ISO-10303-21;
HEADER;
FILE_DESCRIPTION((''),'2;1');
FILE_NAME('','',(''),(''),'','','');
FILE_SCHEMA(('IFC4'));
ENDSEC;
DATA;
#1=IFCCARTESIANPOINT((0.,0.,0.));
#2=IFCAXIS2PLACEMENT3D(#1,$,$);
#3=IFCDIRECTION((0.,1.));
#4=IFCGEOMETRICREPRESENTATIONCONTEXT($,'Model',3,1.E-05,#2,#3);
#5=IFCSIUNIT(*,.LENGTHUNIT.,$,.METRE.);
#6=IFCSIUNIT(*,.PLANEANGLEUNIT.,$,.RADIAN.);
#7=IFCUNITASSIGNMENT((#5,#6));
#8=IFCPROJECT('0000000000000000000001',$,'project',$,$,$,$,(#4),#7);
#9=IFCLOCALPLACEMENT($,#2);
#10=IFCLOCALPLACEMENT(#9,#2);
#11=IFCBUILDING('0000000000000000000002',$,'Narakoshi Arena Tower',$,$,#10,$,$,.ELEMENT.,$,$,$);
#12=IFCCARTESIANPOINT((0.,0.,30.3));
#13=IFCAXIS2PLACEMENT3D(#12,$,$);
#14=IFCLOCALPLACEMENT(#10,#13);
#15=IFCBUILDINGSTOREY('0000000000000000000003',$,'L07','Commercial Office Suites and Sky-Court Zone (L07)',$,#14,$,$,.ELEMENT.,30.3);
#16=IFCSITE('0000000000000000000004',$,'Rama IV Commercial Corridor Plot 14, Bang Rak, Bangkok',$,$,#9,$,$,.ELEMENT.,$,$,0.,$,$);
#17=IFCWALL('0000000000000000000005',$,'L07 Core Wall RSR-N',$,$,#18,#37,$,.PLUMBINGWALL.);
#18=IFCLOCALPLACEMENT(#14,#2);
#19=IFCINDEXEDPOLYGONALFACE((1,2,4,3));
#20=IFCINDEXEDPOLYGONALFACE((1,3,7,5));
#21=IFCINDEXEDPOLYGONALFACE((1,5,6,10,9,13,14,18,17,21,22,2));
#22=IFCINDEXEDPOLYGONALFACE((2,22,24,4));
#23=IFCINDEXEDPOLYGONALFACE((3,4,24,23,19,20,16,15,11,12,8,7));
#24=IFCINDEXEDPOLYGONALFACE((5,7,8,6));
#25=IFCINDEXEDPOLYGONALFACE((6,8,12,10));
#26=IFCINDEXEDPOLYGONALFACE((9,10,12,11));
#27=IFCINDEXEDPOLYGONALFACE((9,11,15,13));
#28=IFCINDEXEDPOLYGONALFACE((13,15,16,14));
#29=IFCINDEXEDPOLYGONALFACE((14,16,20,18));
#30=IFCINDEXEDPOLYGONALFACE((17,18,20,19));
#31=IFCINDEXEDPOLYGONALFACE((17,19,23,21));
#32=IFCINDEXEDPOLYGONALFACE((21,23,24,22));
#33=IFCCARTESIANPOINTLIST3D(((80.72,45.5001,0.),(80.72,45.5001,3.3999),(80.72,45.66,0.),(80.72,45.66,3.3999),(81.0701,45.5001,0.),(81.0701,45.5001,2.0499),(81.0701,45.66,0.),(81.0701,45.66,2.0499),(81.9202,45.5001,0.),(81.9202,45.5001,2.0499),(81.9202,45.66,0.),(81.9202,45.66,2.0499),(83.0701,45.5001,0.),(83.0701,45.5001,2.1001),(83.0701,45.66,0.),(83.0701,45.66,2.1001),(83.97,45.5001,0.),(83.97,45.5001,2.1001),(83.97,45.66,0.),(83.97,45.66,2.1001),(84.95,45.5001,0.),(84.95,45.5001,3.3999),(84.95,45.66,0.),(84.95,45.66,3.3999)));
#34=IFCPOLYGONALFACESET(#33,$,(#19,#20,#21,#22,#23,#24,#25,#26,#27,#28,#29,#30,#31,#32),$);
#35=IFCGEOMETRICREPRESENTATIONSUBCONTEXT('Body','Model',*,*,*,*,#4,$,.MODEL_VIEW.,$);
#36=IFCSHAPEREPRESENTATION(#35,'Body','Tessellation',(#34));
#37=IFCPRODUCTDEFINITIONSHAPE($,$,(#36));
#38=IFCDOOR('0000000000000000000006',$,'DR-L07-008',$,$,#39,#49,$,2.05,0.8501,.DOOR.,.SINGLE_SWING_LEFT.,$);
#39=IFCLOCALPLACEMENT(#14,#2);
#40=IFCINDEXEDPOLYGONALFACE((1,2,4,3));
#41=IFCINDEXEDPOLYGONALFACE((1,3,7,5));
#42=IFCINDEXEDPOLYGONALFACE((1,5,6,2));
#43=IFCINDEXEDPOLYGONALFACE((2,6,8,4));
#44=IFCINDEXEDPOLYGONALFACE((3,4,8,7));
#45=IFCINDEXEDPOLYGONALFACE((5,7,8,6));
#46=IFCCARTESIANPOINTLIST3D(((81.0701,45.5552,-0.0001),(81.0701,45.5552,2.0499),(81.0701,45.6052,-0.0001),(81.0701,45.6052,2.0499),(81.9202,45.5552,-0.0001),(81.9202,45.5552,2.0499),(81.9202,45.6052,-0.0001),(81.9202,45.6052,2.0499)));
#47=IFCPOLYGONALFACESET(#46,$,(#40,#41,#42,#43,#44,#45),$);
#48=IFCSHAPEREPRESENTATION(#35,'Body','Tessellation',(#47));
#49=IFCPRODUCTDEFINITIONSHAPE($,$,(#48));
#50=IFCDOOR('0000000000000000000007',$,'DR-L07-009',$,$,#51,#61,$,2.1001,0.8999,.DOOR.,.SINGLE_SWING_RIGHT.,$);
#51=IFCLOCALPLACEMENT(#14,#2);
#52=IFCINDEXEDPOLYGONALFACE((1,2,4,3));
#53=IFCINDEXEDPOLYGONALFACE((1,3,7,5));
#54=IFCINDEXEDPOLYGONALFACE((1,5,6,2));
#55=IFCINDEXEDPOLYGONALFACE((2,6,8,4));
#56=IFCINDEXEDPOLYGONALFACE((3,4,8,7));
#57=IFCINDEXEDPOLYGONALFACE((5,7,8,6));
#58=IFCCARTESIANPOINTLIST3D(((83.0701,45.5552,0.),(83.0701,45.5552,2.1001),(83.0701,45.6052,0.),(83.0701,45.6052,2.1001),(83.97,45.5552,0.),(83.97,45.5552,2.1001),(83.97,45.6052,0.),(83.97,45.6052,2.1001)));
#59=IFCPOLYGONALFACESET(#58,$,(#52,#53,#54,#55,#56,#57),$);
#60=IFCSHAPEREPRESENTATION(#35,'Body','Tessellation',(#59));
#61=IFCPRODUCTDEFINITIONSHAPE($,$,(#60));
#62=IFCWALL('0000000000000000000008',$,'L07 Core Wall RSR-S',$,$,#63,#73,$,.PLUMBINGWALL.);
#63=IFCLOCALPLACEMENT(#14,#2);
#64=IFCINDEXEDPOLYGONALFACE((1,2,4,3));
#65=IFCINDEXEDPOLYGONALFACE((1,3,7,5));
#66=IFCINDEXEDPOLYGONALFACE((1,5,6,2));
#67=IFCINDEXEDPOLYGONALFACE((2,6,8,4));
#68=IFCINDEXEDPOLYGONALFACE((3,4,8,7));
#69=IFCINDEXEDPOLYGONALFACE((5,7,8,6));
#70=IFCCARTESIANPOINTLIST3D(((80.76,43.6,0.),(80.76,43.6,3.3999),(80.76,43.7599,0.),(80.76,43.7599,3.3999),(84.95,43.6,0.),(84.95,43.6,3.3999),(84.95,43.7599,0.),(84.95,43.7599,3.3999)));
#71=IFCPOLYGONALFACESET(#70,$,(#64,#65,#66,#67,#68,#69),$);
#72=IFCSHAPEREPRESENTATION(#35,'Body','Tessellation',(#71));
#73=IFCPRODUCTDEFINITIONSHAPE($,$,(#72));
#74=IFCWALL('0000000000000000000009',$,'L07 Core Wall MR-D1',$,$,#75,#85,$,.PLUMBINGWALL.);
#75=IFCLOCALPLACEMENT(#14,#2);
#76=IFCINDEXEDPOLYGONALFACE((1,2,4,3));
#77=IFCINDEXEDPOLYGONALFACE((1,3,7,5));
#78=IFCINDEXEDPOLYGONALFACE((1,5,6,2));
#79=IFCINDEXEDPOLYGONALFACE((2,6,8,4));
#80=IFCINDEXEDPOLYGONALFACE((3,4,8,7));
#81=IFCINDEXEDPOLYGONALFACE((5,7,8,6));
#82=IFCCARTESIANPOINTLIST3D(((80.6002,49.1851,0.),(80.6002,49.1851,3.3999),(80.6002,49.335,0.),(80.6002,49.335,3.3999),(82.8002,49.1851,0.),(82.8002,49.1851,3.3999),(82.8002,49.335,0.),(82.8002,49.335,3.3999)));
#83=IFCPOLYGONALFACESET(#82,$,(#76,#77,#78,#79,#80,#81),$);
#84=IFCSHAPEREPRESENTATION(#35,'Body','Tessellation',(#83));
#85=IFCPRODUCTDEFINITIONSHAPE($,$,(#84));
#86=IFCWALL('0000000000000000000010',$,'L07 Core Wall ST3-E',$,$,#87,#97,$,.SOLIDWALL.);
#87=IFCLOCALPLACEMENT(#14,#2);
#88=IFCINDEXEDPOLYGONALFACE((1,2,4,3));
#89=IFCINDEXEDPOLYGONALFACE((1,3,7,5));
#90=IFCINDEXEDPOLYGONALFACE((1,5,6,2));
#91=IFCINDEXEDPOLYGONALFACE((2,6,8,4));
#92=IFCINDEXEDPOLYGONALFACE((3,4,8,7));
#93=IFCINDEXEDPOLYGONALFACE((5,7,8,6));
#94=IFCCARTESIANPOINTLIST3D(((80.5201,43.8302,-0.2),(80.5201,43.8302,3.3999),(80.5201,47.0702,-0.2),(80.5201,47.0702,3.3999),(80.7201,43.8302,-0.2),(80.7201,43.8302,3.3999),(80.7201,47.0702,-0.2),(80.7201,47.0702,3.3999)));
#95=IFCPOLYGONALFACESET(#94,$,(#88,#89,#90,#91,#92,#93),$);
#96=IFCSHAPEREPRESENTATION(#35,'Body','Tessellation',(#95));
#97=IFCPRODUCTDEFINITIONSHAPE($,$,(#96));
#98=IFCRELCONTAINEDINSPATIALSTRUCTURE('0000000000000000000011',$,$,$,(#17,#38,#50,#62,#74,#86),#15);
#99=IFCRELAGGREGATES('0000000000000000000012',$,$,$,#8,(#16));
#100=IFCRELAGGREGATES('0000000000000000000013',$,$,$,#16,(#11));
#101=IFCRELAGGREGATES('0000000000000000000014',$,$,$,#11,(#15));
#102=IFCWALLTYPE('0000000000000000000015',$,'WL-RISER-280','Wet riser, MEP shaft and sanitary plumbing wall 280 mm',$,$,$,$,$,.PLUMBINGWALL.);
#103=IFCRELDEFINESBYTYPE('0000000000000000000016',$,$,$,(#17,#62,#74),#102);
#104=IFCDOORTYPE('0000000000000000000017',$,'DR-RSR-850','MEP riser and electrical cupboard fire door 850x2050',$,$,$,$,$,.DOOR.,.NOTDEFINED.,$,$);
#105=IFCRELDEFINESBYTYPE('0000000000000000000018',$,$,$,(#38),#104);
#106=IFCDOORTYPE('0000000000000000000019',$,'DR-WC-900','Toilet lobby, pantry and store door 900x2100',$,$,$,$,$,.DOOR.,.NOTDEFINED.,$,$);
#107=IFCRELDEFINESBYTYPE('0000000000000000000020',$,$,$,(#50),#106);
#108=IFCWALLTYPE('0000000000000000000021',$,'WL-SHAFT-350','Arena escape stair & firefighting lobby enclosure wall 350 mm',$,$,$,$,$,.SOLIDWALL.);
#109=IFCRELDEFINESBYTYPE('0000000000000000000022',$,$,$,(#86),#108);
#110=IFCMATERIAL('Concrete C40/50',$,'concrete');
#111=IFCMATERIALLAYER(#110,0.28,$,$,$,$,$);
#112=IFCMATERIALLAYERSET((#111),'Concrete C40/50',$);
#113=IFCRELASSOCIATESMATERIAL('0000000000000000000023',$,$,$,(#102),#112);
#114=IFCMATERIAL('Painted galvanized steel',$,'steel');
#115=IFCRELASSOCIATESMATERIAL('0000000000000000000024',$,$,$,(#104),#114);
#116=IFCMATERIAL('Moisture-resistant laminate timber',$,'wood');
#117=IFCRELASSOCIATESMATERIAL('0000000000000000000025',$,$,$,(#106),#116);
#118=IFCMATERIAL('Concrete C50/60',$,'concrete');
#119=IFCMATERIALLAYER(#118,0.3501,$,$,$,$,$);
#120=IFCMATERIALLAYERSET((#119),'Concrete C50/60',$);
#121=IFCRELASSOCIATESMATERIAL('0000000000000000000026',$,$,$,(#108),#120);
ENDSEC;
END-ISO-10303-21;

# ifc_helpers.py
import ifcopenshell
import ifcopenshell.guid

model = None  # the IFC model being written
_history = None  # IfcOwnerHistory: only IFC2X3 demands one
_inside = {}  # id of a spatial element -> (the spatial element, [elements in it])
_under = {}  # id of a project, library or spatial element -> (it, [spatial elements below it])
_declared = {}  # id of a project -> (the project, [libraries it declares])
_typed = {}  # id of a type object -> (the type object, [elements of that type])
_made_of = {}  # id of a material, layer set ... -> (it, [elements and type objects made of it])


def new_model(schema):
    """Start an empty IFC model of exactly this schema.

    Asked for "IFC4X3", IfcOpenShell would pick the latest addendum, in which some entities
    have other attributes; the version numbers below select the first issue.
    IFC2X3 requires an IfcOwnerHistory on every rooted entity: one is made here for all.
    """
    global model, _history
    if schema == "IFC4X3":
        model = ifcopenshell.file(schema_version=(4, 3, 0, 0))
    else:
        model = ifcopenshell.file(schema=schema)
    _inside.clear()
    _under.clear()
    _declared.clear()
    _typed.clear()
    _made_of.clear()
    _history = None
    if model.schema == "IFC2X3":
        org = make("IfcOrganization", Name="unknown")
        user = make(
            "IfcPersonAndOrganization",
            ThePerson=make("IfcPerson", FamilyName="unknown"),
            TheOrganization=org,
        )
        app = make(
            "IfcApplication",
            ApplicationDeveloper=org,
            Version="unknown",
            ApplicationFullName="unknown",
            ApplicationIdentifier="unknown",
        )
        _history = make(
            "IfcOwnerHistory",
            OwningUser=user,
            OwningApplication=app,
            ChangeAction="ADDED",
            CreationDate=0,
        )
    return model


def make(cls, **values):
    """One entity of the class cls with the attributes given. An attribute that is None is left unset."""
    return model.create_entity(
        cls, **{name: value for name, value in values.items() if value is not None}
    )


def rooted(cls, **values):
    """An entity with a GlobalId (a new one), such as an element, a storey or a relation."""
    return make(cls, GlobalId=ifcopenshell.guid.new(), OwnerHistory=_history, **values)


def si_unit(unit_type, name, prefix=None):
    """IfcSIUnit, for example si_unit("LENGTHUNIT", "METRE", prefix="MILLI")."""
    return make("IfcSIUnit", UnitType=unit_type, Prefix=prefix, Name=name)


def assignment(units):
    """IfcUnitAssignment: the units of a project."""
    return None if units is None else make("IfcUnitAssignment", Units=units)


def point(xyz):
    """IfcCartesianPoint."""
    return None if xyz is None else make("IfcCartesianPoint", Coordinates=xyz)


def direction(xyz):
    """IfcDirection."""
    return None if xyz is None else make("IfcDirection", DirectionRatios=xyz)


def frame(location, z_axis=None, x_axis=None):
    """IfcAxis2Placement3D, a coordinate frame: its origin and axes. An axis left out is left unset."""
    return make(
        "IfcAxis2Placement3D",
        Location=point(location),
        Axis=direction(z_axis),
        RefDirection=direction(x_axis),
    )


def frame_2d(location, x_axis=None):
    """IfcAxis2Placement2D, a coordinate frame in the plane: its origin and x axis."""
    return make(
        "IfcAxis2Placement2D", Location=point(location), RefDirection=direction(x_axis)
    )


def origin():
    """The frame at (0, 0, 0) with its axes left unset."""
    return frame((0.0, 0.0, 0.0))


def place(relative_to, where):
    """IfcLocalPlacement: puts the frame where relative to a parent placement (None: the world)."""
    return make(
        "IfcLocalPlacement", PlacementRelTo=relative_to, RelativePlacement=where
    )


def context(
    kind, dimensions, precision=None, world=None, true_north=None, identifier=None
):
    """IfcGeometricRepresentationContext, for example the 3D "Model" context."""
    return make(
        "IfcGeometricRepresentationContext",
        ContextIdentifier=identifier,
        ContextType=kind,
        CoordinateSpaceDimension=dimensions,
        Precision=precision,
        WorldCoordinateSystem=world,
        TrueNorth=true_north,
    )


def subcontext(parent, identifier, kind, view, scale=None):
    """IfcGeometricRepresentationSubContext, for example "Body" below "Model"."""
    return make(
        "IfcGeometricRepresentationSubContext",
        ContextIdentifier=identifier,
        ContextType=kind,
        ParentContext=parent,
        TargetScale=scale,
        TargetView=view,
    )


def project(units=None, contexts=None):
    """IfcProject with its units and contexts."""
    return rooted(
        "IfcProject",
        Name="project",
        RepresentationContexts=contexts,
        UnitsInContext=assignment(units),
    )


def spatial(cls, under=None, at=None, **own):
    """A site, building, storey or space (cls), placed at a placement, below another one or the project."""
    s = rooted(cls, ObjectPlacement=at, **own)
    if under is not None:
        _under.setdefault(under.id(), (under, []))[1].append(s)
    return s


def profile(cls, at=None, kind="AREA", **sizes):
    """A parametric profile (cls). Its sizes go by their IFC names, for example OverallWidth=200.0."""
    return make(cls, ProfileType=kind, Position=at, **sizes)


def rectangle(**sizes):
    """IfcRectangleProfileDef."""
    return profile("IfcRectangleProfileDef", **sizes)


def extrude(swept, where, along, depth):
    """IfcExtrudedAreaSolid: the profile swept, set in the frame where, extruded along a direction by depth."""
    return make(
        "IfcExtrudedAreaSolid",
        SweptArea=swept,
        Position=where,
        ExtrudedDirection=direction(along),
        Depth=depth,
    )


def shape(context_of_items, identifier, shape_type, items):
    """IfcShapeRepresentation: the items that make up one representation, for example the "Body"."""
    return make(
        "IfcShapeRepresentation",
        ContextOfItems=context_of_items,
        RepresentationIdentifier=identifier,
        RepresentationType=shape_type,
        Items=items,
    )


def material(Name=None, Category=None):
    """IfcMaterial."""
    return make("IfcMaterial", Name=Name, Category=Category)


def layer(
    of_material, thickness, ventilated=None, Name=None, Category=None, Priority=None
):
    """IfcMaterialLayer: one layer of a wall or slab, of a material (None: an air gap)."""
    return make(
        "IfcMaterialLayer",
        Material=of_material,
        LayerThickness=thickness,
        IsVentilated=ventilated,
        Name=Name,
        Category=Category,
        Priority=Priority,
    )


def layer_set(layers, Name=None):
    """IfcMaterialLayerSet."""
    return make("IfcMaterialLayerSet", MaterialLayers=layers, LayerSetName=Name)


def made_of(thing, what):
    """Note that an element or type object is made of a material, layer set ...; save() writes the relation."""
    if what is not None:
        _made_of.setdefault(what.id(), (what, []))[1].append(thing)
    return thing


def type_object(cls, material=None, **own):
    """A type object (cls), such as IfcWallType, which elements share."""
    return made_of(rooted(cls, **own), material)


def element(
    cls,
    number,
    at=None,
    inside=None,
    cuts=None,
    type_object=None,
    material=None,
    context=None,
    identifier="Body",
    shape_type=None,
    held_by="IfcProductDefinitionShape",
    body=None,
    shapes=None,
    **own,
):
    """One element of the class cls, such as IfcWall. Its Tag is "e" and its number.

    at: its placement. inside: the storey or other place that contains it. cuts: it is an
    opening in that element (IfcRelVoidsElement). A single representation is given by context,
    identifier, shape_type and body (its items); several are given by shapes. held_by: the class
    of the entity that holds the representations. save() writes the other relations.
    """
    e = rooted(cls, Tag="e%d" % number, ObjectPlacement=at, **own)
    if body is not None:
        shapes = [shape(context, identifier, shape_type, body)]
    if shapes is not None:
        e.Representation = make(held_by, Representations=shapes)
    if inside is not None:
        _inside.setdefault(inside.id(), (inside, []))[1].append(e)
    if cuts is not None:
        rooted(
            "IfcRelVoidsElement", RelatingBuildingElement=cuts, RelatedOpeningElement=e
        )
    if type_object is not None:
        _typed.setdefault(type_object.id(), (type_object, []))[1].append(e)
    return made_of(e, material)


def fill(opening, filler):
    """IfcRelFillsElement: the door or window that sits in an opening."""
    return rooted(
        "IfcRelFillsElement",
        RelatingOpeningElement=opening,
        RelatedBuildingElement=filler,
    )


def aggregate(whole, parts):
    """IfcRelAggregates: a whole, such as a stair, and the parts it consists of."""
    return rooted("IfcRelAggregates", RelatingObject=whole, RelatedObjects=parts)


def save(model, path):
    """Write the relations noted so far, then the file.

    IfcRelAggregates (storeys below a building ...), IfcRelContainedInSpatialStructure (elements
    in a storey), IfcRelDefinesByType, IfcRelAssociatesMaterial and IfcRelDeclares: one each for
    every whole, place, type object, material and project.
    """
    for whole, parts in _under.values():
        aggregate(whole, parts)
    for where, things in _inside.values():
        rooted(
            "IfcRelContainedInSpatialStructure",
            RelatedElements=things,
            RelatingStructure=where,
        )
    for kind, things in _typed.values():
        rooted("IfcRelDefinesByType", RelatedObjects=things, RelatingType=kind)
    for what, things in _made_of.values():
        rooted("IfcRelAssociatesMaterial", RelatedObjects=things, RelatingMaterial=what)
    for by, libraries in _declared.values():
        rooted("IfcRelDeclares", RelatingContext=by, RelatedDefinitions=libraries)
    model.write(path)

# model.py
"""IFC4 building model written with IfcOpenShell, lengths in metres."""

from ifc_helpers import new_model, si_unit, direction, frame, frame_2d, origin, place, context, subcontext, project, spatial, rectangle, extrude, material, layer, layer_set, type_object, element, fill, save


model = new_model("IFC4")

# Units and contexts
model_context = context("Model", 3, precision=1e-05, world=origin(), true_north=direction((0.0, 1.0)))
body_context = subcontext(model_context, "Body", "Model", "MODEL_VIEW")
ifc_project = project(units=[si_unit("LENGTHUNIT", "METRE"), si_unit("PLANEANGLEUNIT", "RADIAN")], contexts=[model_context])

# Site, building, storey
site_placement = place(None, origin())
site = spatial("IfcSite", under=ifc_project, at=site_placement, Name="Rama IV Commercial Corridor Plot 14, Bang Rak, Bangkok", CompositionType="ELEMENT", RefElevation=0.0)
building_placement = place(site_placement, origin())
building = spatial("IfcBuilding", under=site, at=building_placement, Name="Narakoshi Arena Tower", CompositionType="ELEMENT")
storey_placement = place(building_placement, frame((0.0, 0.0, 30.3)))
storey = spatial("IfcBuildingStorey", under=building, at=storey_placement, Name="L07", Description="Commercial Office Suites and Sky-Court Zone (L07)", CompositionType="ELEMENT", Elevation=30.3)

# Wall, openings, doors
ifc_material_1 = material(Name="Concrete C40/50", Category="concrete")
ifc_layer_1 = layer(ifc_material_1, 0.28)
ifc_layer_set_1 = layer_set([ifc_layer_1], Name="Concrete C40/50")
wall_type_1 = type_object("IfcWallType", Name="WL-RISER-280", Description="Wet riser, MEP shaft and sanitary plumbing wall 280 mm", PredefinedType="PLUMBINGWALL", material=ifc_layer_set_1)
wall_1_placement = place(storey_placement, frame((80.72, 45.5801, 0.0), z_axis=(0.0, 0.0, 1.0), x_axis=(1.0, 0.0, 0.0)))
wall_1 = element("IfcWall", 1, at=wall_1_placement, inside=storey, type_object=wall_type_1, Name="L07 Core Wall RSR-N", PredefinedType="PLUMBINGWALL", context=body_context, shape_type="SweptSolid", body=[
    extrude(rectangle(XDim=4.23, YDim=0.1599, at=frame_2d((2.115, 0.0))), origin(), (0.0, 0.0, 1.0), 3.3999),
])
opening_1_placement = place(wall_1_placement, frame((0.3501, 0.0, 0.0)))
opening_1 = element("IfcOpeningElement", 2, at=opening_1_placement, cuts=wall_1, PredefinedType="OPENING", context=body_context, shape_type="SweptSolid", body=[
    extrude(rectangle(XDim=0.8501, YDim=2.05, at=frame_2d((0.425, 1.0249))), frame((0.0, 0.0898, 0.0), z_axis=(0.0, -1.0, 0.0), x_axis=(1.0, 0.0, 0.0)), (0.0, 0.0, 1.0), 0.1799),
])
opening_2_placement = place(wall_1_placement, frame((2.3501, 0.0, 0.0)))
opening_2 = element("IfcOpeningElement", 3, at=opening_2_placement, cuts=wall_1, PredefinedType="OPENING", context=body_context, shape_type="SweptSolid", body=[
    extrude(rectangle(XDim=0.8999, YDim=2.1001, at=frame_2d((0.45, 1.05))), frame((0.0, 0.0898, 0.0), z_axis=(0.0, -1.0, 0.0), x_axis=(1.0, 0.0, 0.0)), (0.0, 0.0, 1.0), 0.1799),
])
ifc_material_2 = material(Name="Painted galvanized steel", Category="steel")
door_type_1 = type_object("IfcDoorType", Name="DR-RSR-850", Description="MEP riser and electrical cupboard fire door 850x2050", OperationType="NOTDEFINED", PredefinedType="DOOR", material=ifc_material_2)
door_1_placement = place(opening_1_placement, frame((0.8501, 0.0, 0.0), z_axis=(0.0, 0.0, 1.0), x_axis=(-1.0, 0.0, 0.0)))
door_1 = element("IfcDoor", 4, at=door_1_placement, inside=storey, type_object=door_type_1, Name="DR-L07-008", OperationType="SINGLE_SWING_LEFT", OverallHeight=2.05, OverallWidth=0.8501, PredefinedType="DOOR", context=body_context, shape_type="SweptSolid", body=[
    extrude(rectangle(XDim=0.8501, YDim=2.05, at=frame_2d((0.425, 1.0249))), frame((0.0, 0.0249, 0.0), z_axis=(0.0, -1.0, 0.0), x_axis=(1.0, 0.0, 0.0)), (0.0, 0.0, 1.0), 0.05),
])
fill(opening_1, door_1)
ifc_material_3 = material(Name="Moisture-resistant laminate timber", Category="wood")
door_type_2 = type_object("IfcDoorType", Name="DR-WC-900", Description="Toilet lobby, pantry and store door 900x2100", OperationType="NOTDEFINED", PredefinedType="DOOR", material=ifc_material_3)
door_2_placement = place(opening_2_placement, frame((0.8999, 0.0, 0.0), z_axis=(0.0, 0.0, 1.0), x_axis=(-1.0, 0.0, 0.0)))
door_2 = element("IfcDoor", 5, at=door_2_placement, inside=storey, type_object=door_type_2, Name="DR-L07-009", OperationType="SINGLE_SWING_RIGHT", OverallHeight=2.1001, OverallWidth=0.8999, PredefinedType="DOOR", context=body_context, shape_type="SweptSolid", body=[
    extrude(rectangle(XDim=0.8999, YDim=2.1001, at=frame_2d((0.45, 1.05))), frame((0.0, 0.0249, 0.0), z_axis=(0.0, -1.0, 0.0), x_axis=(1.0, 0.0, 0.0)), (0.0, 0.0, 1.0), 0.05),
])
fill(opening_2, door_2)

# Walls
wall_2_placement = place(storey_placement, frame((80.76, 43.6799, 0.0), z_axis=(0.0, 0.0, 1.0), x_axis=(1.0, 0.0, 0.0)))
element("IfcWall", 6, at=wall_2_placement, inside=storey, type_object=wall_type_1, Name="L07 Core Wall RSR-S", PredefinedType="PLUMBINGWALL", context=body_context, shape_type="SweptSolid", body=[
    extrude(rectangle(XDim=4.1899, YDim=0.1599, at=frame_2d((2.095, 0.0))), origin(), (0.0, 0.0, 1.0), 3.3999),
])
wall_3_placement = place(storey_placement, frame((80.6001, 49.26, 0.0), z_axis=(0.0, 0.0, 1.0), x_axis=(1.0, 0.0, 0.0)))
element("IfcWall", 7, at=wall_3_placement, inside=storey, type_object=wall_type_1, Name="L07 Core Wall MR-D1", PredefinedType="PLUMBINGWALL", context=body_context, shape_type="SweptSolid", body=[
    extrude(rectangle(XDim=2.2, YDim=0.1499, at=frame_2d((1.1001, 0.0))), origin(), (0.0, 0.0, 1.0), 3.3999),
])
ifc_material_4 = material(Name="Concrete C50/60", Category="concrete")
ifc_layer_2 = layer(ifc_material_4, 0.3501)
ifc_layer_set_2 = layer_set([ifc_layer_2], Name="Concrete C50/60")
wall_type_2 = type_object("IfcWallType", Name="WL-SHAFT-350", Description="Arena escape stair & firefighting lobby enclosure wall 350 mm", PredefinedType="SOLIDWALL", material=ifc_layer_set_2)
wall_4_placement = place(storey_placement, frame((80.6201, 43.8301, -0.2), z_axis=(0.0, 0.0, 1.0), x_axis=(0.0, 1.0, 0.0)))
element("IfcWall", 8, at=wall_4_placement, inside=storey, type_object=wall_type_2, Name="L07 Core Wall ST3-E", PredefinedType="SOLIDWALL", context=body_context, shape_type="SweptSolid", body=[
    extrude(rectangle(XDim=3.24, YDim=0.2, at=frame_2d((1.6201, 0.0))), origin(), (0.0, 0.0, 1.0), 3.5999),
])

save(model, "model.ifc")
